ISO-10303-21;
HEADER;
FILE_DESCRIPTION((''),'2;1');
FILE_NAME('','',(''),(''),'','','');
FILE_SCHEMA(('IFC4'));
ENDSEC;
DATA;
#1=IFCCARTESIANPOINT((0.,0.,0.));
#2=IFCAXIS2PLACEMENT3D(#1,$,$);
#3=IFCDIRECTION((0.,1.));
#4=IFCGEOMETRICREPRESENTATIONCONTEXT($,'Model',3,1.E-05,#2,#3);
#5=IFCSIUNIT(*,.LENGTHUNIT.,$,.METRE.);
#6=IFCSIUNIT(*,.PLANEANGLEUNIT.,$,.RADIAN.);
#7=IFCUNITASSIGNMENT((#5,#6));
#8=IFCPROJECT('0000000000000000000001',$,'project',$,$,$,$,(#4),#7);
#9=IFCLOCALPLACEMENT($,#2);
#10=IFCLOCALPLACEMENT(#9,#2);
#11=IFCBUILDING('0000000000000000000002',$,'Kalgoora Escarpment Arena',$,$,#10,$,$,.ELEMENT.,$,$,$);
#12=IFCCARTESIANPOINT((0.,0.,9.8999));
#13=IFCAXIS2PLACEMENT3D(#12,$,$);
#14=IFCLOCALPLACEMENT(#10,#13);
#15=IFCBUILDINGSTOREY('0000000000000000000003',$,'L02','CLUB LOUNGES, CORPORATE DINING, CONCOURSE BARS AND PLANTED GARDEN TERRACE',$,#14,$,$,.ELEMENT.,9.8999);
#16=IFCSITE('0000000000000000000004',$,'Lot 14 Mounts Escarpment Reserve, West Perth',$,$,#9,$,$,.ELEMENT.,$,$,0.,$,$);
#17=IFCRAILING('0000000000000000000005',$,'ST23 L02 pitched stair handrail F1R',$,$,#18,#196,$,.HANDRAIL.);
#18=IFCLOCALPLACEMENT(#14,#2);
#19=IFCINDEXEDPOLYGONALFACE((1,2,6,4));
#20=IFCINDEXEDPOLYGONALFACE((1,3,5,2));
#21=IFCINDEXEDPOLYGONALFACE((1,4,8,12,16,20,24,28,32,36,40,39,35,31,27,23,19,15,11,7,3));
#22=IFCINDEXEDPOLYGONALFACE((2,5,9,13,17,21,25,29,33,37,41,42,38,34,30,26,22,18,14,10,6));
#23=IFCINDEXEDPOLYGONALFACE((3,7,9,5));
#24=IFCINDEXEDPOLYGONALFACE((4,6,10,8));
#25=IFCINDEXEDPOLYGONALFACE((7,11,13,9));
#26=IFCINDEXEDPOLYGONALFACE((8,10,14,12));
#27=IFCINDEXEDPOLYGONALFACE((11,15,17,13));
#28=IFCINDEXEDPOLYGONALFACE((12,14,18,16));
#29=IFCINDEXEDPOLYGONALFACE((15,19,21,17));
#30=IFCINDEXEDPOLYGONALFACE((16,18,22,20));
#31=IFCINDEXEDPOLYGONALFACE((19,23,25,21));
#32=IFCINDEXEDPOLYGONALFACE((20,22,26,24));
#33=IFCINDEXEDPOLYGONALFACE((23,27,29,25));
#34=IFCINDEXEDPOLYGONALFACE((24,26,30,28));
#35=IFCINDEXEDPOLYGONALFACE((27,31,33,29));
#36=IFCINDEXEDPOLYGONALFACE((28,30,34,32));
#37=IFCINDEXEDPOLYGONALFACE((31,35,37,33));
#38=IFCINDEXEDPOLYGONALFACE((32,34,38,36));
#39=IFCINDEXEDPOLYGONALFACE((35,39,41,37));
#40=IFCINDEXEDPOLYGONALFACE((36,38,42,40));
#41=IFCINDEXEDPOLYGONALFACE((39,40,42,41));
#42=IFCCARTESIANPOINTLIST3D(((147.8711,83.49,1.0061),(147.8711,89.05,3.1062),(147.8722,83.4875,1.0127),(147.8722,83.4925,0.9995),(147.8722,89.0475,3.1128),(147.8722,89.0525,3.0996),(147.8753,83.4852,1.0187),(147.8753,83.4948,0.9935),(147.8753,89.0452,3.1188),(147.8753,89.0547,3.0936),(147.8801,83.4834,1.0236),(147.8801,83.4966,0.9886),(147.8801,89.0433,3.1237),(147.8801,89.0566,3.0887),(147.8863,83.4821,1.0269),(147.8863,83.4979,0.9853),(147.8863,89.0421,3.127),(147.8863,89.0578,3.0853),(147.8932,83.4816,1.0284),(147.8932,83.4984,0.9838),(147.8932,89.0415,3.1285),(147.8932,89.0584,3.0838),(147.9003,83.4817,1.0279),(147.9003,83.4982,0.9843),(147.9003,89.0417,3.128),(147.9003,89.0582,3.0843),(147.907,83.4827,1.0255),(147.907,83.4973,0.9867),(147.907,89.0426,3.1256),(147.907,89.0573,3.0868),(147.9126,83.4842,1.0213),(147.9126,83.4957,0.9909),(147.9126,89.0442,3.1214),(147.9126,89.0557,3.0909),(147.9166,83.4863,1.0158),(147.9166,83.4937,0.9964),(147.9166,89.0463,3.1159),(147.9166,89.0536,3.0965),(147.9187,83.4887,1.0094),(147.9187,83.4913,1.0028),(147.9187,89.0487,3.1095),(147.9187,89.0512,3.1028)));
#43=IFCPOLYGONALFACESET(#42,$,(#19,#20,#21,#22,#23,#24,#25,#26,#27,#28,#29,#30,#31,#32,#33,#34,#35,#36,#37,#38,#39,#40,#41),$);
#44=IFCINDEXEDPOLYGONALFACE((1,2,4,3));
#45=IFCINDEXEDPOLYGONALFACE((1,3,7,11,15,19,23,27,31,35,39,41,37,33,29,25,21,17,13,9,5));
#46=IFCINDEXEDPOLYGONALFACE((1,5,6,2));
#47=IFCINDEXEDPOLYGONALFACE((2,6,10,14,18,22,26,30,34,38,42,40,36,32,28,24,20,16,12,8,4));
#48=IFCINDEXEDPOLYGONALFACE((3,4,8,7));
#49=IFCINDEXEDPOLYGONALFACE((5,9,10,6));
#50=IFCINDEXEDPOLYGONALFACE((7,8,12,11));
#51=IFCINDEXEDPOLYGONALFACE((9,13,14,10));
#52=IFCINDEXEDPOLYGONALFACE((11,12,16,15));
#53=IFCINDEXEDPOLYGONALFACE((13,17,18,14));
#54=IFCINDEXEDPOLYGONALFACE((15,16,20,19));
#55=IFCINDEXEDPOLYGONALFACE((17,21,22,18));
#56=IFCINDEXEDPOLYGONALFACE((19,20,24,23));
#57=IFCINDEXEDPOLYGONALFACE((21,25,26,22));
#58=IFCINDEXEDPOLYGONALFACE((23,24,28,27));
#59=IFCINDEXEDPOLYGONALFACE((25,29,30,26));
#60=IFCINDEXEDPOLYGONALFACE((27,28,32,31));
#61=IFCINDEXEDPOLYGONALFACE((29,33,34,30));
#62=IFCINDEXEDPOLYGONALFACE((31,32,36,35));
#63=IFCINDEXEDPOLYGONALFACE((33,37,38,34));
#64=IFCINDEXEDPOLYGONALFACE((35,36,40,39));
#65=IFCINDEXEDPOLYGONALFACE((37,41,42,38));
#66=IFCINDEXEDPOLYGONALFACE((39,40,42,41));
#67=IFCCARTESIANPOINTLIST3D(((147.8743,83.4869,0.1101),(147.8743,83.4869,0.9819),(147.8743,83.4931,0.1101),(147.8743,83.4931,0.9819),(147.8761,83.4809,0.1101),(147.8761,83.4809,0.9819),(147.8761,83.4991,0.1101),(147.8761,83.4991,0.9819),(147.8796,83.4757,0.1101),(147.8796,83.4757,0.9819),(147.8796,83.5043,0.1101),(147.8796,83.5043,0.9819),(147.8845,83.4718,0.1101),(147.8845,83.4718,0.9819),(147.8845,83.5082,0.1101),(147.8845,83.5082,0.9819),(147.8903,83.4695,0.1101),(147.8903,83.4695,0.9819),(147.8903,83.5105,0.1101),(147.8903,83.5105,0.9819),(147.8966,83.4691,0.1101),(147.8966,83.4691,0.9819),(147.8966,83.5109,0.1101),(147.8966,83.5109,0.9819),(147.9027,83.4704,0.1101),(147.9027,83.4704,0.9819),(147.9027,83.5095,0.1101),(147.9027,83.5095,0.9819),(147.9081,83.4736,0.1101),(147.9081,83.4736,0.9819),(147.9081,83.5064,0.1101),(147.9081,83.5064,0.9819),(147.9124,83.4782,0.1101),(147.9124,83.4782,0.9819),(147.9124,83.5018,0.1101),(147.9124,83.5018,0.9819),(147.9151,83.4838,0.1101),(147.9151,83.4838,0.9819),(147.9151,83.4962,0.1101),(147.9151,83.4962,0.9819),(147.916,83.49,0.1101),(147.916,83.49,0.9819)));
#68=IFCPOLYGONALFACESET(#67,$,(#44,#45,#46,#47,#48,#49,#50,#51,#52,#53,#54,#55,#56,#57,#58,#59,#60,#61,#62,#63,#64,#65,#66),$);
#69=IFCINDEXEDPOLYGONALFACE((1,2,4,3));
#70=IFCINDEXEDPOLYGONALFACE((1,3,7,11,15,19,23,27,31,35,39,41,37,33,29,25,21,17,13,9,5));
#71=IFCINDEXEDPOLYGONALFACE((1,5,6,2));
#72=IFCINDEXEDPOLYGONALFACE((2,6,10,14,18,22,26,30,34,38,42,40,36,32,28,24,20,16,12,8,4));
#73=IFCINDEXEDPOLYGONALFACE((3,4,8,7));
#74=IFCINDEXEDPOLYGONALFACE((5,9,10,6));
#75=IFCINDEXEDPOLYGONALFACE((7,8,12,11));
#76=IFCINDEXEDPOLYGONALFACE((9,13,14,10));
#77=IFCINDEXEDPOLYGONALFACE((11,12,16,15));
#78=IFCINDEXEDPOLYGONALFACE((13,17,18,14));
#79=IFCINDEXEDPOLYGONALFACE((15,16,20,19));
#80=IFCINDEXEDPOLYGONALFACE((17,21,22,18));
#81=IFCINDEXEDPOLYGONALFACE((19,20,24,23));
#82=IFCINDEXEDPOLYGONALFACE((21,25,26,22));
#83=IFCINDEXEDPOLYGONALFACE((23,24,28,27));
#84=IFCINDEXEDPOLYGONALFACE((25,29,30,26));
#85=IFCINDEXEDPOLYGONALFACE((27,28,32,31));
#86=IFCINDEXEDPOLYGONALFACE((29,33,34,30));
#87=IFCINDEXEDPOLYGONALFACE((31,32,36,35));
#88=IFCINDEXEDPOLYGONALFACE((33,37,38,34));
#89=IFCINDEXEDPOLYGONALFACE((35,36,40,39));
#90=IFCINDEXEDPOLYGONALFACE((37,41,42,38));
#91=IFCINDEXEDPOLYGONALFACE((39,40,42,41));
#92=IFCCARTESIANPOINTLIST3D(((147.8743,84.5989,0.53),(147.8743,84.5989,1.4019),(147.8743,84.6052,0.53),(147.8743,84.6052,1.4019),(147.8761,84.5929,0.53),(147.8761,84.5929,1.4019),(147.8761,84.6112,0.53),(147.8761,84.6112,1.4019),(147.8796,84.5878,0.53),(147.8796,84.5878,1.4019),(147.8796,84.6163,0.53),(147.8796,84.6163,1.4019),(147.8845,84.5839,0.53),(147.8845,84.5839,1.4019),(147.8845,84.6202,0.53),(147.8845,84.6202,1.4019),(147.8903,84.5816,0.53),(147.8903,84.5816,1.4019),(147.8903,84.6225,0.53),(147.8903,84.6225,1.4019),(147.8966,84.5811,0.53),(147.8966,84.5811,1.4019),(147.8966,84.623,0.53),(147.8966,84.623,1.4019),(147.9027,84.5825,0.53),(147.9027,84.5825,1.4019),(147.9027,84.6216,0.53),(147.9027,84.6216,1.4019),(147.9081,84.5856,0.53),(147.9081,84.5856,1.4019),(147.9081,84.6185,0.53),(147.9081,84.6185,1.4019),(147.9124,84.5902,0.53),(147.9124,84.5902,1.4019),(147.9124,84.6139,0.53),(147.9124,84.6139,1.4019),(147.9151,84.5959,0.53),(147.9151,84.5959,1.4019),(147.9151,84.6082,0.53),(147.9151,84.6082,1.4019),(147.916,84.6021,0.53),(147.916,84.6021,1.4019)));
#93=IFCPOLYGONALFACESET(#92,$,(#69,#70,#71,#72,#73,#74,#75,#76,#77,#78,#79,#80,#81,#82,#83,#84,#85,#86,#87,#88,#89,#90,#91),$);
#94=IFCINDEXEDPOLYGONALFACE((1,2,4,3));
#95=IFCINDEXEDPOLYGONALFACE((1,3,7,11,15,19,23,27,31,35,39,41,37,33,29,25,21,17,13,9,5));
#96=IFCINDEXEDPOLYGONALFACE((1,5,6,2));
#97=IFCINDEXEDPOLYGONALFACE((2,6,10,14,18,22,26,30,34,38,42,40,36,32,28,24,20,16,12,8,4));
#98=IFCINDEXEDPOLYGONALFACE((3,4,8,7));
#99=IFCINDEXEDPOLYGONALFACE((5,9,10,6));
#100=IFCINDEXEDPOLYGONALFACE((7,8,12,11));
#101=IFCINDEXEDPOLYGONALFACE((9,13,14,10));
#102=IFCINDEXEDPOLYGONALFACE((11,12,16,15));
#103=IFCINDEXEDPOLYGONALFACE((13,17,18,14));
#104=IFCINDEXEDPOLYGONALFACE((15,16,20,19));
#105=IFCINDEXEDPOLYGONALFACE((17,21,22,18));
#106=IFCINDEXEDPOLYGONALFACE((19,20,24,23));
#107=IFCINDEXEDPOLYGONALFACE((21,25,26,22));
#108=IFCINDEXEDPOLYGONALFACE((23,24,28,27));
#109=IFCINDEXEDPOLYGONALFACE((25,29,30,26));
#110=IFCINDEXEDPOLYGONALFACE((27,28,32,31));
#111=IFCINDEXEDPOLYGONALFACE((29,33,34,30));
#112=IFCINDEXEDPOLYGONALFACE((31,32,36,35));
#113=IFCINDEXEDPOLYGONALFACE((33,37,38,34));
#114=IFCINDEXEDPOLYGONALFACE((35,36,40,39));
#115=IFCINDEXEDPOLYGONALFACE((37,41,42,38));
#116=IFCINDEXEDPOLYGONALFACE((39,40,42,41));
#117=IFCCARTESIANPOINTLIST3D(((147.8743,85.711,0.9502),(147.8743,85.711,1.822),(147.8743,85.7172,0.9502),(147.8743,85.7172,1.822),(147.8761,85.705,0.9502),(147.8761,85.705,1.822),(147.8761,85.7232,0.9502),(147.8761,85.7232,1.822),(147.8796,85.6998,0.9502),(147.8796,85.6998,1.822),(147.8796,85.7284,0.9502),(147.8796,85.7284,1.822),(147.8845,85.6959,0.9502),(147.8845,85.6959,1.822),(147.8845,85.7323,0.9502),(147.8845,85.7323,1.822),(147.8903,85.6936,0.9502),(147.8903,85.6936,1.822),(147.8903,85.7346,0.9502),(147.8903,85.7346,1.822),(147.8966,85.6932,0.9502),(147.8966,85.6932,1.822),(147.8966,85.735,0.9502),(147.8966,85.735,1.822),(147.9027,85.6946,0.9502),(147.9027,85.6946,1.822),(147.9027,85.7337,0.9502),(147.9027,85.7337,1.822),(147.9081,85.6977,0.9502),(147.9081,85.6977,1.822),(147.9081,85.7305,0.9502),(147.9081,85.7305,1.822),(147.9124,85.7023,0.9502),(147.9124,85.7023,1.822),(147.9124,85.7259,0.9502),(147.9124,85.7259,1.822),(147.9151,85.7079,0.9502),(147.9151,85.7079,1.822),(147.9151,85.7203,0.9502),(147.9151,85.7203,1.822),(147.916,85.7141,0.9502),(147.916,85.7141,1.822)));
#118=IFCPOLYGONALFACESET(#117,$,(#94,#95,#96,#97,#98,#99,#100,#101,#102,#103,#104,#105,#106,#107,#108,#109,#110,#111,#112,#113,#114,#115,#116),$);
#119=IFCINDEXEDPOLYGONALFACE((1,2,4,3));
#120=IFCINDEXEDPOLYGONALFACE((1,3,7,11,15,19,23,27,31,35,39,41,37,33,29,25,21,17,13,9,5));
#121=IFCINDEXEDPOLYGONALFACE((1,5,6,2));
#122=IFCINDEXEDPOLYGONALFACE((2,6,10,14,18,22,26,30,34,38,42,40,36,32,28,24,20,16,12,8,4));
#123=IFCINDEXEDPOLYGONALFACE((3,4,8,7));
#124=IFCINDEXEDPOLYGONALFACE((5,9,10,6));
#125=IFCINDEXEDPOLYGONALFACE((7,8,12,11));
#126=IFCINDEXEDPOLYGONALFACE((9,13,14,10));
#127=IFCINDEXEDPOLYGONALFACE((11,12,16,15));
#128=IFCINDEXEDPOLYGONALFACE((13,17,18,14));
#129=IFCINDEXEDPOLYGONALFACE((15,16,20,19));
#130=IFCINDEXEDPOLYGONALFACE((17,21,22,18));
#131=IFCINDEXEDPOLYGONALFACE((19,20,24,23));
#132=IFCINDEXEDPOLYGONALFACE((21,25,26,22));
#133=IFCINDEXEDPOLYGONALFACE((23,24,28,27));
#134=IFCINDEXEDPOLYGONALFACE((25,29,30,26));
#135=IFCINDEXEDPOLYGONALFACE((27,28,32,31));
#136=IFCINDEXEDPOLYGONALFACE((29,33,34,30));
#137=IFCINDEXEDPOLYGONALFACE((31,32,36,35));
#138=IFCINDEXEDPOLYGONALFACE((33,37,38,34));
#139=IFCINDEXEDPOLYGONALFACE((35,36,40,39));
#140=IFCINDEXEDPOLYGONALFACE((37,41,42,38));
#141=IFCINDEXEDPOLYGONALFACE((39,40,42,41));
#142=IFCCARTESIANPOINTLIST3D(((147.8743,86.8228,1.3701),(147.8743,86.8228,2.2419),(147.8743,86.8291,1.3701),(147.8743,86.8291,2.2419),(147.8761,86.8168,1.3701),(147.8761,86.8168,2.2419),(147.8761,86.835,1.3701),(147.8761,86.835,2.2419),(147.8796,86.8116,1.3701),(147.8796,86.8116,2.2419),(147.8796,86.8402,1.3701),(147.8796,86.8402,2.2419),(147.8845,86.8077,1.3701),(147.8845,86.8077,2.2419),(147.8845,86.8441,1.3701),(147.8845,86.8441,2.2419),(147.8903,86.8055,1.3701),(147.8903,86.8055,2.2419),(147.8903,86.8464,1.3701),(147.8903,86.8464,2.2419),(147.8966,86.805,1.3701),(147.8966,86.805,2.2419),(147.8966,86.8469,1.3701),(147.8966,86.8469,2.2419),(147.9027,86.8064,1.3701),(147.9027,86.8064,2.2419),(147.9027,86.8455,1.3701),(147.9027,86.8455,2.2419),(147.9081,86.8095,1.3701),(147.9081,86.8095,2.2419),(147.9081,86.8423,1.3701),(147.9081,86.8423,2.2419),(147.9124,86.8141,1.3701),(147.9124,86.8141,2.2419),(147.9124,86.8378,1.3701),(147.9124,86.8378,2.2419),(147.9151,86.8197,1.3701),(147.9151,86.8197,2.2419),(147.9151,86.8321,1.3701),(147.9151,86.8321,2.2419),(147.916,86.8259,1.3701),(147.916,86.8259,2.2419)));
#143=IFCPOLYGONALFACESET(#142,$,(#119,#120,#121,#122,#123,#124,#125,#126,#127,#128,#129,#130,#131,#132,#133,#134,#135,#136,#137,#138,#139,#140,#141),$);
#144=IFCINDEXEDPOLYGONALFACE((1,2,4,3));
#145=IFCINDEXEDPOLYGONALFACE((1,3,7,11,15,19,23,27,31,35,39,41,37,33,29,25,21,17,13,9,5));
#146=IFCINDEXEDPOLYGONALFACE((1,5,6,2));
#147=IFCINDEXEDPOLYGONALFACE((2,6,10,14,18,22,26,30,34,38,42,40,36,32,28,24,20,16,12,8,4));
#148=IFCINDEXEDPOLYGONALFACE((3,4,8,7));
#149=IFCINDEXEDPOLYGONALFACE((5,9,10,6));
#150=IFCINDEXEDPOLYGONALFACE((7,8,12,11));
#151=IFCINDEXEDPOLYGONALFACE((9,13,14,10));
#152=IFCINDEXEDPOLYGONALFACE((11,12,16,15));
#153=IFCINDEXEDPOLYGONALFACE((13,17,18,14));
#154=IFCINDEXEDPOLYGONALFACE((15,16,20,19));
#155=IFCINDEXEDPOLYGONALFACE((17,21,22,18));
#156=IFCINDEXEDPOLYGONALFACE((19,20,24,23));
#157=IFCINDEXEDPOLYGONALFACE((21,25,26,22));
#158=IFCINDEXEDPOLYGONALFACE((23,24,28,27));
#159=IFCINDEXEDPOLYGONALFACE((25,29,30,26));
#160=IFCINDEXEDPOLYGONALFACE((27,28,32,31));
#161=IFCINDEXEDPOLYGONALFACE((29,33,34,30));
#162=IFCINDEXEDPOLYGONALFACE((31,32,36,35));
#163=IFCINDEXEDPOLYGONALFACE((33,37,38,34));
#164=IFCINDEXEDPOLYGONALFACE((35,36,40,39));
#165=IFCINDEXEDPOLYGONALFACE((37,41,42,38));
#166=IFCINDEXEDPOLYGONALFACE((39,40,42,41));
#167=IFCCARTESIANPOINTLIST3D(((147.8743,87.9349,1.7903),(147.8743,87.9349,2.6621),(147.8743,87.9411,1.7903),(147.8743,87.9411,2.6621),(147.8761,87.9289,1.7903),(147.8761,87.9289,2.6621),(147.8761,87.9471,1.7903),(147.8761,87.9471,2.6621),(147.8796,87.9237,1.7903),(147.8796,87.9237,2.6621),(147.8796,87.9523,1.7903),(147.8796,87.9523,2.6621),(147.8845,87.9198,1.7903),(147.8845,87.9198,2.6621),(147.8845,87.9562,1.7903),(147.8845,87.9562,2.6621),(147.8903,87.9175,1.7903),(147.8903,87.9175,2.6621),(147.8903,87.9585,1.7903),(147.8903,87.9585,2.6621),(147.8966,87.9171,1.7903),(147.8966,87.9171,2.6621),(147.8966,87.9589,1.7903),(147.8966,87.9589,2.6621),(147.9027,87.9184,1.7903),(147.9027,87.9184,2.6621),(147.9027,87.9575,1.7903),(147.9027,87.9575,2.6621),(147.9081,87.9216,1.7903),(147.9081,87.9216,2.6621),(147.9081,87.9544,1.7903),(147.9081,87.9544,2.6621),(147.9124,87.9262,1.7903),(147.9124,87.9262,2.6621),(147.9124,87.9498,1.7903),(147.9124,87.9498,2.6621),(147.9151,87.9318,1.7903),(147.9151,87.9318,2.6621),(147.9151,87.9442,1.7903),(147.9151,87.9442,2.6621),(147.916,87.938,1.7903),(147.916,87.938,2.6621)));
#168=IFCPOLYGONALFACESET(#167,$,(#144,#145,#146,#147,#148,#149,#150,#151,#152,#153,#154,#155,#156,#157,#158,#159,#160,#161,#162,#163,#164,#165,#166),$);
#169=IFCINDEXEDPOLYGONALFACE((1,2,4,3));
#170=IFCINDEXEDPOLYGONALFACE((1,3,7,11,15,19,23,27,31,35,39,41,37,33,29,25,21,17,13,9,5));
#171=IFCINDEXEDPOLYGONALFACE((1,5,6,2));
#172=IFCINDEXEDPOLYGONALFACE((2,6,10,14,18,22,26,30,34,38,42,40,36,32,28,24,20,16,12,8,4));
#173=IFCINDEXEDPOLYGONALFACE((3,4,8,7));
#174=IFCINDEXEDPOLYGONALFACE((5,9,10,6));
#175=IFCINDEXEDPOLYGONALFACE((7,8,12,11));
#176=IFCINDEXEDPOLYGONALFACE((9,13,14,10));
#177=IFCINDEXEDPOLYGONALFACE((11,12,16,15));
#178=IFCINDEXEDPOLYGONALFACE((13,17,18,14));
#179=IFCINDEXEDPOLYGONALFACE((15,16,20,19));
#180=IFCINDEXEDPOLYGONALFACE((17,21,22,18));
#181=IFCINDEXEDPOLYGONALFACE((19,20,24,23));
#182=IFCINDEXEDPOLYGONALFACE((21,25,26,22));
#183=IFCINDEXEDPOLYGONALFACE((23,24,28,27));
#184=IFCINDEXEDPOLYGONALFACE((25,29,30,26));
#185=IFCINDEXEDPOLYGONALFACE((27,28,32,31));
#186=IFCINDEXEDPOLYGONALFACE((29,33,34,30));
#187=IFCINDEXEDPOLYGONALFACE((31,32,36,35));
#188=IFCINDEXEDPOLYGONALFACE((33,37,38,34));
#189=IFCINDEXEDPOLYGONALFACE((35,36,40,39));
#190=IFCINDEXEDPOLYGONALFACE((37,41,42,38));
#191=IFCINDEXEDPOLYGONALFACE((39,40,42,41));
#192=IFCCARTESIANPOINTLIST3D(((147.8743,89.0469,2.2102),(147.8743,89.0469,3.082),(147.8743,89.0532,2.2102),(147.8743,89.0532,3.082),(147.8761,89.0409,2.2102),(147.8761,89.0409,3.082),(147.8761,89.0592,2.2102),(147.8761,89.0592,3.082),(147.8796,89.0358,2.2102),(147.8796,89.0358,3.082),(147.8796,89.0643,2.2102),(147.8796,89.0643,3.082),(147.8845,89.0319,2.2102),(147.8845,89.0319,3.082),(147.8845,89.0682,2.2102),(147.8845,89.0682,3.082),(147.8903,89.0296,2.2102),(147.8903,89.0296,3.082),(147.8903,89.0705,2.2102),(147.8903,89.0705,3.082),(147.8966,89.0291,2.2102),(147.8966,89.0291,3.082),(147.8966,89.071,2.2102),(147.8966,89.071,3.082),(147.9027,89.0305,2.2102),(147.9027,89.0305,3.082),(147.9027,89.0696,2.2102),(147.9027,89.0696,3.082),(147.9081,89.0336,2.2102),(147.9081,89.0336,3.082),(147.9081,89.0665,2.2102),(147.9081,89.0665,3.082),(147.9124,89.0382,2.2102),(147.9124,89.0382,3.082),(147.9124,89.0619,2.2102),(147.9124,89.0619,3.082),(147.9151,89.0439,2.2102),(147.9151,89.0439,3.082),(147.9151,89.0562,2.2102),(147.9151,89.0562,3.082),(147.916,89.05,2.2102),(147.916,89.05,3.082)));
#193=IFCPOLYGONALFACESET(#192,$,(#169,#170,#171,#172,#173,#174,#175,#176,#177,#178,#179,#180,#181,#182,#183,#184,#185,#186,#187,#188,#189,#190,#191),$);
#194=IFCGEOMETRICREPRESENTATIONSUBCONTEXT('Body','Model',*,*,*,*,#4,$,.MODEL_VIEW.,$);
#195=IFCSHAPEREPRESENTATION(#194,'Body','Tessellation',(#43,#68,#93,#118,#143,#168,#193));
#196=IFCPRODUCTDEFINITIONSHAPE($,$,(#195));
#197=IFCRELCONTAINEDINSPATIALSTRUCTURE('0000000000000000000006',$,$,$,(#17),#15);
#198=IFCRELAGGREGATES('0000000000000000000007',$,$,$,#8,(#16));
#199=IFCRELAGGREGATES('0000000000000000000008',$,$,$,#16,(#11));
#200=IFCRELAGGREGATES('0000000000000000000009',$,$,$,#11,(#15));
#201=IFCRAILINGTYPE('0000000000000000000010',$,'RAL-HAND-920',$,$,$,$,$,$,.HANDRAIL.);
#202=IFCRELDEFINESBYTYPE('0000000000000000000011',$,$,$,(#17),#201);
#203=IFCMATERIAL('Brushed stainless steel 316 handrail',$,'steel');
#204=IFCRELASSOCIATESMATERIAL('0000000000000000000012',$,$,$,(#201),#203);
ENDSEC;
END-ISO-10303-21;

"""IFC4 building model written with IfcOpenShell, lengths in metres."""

from ifc_helpers import new_model, si_unit, direction, frame, origin, origin_2d, place, context, subcontext, project, spatial, circle, extrude, material, type_object, element, save


model = new_model("IFC4")

# Units and contexts
model_context = context("Model", 3, precision=1e-05, world=origin(), true_north=direction((0.0, 1.0)))
body_context = subcontext(model_context, "Body", "Model", "MODEL_VIEW")
ifc_project = project(units=[si_unit("LENGTHUNIT", "METRE"), si_unit("PLANEANGLEUNIT", "RADIAN")], contexts=[model_context])

# Site, building, storey
site_placement = place(None, origin())
site = spatial("IfcSite", under=ifc_project, at=site_placement, Name="Lot 14 Mounts Escarpment Reserve, West Perth", CompositionType="ELEMENT", RefElevation=0.0)
building_placement = place(site_placement, origin())
building = spatial("IfcBuilding", under=site, at=building_placement, Name="Kalgoora Escarpment Arena", CompositionType="ELEMENT")
storey_placement = place(building_placement, frame((0.0, 0.0, 9.8999)))
storey = spatial("IfcBuildingStorey", under=building, at=storey_placement, Name="L02", Description="CLUB LOUNGES, CORPORATE DINING, CONCOURSE BARS AND PLANTED GARDEN TERRACE", CompositionType="ELEMENT", Elevation=9.8999)

# Railing
ifc_material_1 = material(Name="Brushed stainless steel 316 handrail", Category="steel")
railing_type_1 = type_object("IfcRailingType", Name="RAL-HAND-920", PredefinedType="HANDRAIL", material=ifc_material_1)
for number, where, name in (
    (1, (147.895, 83.49, 0.1101), "ST23 L02 pitched stair handrail F1R"),
):
    element("IfcRailing", number, at=place(storey_placement, frame(where)), inside=storey, type_object=railing_type_1, Name=name, PredefinedType="HANDRAIL", context=body_context, shape_type="SweptSolid", body=[
        extrude(circle(Radius=0.0239, at=origin_2d()), frame((0.0, 0.0, 0.896), z_axis=(0.0, 0.935493, 0.353346), x_axis=(-1.0, 0.0, 0.0)), (0.0, 0.0, 1.0), 5.9434),
        extrude(circle(Radius=0.021, at=origin_2d()), origin(), (0.0, 0.0, 1.0), 0.8718),
        extrude(circle(Radius=0.021, at=origin_2d()), frame((0.0, 1.1121, 0.4199)), (0.0, 0.0, 1.0), 0.8718),
        extrude(circle(Radius=0.021, at=origin_2d()), frame((0.0, 2.2241, 0.8401)), (0.0, 0.0, 1.0), 0.8718),
        extrude(circle(Radius=0.021, at=origin_2d()), frame((0.0, 3.3359, 1.26)), (0.0, 0.0, 1.0), 0.8718),
        extrude(circle(Radius=0.021, at=origin_2d()), frame((0.0, 4.448, 1.6802)), (0.0, 0.0, 1.0), 0.8718),
        extrude(circle(Radius=0.021, at=origin_2d()), frame((0.0, 5.5601, 2.1001)), (0.0, 0.0, 1.0), 0.8718),
    ])

save(model, "model.ifc")
